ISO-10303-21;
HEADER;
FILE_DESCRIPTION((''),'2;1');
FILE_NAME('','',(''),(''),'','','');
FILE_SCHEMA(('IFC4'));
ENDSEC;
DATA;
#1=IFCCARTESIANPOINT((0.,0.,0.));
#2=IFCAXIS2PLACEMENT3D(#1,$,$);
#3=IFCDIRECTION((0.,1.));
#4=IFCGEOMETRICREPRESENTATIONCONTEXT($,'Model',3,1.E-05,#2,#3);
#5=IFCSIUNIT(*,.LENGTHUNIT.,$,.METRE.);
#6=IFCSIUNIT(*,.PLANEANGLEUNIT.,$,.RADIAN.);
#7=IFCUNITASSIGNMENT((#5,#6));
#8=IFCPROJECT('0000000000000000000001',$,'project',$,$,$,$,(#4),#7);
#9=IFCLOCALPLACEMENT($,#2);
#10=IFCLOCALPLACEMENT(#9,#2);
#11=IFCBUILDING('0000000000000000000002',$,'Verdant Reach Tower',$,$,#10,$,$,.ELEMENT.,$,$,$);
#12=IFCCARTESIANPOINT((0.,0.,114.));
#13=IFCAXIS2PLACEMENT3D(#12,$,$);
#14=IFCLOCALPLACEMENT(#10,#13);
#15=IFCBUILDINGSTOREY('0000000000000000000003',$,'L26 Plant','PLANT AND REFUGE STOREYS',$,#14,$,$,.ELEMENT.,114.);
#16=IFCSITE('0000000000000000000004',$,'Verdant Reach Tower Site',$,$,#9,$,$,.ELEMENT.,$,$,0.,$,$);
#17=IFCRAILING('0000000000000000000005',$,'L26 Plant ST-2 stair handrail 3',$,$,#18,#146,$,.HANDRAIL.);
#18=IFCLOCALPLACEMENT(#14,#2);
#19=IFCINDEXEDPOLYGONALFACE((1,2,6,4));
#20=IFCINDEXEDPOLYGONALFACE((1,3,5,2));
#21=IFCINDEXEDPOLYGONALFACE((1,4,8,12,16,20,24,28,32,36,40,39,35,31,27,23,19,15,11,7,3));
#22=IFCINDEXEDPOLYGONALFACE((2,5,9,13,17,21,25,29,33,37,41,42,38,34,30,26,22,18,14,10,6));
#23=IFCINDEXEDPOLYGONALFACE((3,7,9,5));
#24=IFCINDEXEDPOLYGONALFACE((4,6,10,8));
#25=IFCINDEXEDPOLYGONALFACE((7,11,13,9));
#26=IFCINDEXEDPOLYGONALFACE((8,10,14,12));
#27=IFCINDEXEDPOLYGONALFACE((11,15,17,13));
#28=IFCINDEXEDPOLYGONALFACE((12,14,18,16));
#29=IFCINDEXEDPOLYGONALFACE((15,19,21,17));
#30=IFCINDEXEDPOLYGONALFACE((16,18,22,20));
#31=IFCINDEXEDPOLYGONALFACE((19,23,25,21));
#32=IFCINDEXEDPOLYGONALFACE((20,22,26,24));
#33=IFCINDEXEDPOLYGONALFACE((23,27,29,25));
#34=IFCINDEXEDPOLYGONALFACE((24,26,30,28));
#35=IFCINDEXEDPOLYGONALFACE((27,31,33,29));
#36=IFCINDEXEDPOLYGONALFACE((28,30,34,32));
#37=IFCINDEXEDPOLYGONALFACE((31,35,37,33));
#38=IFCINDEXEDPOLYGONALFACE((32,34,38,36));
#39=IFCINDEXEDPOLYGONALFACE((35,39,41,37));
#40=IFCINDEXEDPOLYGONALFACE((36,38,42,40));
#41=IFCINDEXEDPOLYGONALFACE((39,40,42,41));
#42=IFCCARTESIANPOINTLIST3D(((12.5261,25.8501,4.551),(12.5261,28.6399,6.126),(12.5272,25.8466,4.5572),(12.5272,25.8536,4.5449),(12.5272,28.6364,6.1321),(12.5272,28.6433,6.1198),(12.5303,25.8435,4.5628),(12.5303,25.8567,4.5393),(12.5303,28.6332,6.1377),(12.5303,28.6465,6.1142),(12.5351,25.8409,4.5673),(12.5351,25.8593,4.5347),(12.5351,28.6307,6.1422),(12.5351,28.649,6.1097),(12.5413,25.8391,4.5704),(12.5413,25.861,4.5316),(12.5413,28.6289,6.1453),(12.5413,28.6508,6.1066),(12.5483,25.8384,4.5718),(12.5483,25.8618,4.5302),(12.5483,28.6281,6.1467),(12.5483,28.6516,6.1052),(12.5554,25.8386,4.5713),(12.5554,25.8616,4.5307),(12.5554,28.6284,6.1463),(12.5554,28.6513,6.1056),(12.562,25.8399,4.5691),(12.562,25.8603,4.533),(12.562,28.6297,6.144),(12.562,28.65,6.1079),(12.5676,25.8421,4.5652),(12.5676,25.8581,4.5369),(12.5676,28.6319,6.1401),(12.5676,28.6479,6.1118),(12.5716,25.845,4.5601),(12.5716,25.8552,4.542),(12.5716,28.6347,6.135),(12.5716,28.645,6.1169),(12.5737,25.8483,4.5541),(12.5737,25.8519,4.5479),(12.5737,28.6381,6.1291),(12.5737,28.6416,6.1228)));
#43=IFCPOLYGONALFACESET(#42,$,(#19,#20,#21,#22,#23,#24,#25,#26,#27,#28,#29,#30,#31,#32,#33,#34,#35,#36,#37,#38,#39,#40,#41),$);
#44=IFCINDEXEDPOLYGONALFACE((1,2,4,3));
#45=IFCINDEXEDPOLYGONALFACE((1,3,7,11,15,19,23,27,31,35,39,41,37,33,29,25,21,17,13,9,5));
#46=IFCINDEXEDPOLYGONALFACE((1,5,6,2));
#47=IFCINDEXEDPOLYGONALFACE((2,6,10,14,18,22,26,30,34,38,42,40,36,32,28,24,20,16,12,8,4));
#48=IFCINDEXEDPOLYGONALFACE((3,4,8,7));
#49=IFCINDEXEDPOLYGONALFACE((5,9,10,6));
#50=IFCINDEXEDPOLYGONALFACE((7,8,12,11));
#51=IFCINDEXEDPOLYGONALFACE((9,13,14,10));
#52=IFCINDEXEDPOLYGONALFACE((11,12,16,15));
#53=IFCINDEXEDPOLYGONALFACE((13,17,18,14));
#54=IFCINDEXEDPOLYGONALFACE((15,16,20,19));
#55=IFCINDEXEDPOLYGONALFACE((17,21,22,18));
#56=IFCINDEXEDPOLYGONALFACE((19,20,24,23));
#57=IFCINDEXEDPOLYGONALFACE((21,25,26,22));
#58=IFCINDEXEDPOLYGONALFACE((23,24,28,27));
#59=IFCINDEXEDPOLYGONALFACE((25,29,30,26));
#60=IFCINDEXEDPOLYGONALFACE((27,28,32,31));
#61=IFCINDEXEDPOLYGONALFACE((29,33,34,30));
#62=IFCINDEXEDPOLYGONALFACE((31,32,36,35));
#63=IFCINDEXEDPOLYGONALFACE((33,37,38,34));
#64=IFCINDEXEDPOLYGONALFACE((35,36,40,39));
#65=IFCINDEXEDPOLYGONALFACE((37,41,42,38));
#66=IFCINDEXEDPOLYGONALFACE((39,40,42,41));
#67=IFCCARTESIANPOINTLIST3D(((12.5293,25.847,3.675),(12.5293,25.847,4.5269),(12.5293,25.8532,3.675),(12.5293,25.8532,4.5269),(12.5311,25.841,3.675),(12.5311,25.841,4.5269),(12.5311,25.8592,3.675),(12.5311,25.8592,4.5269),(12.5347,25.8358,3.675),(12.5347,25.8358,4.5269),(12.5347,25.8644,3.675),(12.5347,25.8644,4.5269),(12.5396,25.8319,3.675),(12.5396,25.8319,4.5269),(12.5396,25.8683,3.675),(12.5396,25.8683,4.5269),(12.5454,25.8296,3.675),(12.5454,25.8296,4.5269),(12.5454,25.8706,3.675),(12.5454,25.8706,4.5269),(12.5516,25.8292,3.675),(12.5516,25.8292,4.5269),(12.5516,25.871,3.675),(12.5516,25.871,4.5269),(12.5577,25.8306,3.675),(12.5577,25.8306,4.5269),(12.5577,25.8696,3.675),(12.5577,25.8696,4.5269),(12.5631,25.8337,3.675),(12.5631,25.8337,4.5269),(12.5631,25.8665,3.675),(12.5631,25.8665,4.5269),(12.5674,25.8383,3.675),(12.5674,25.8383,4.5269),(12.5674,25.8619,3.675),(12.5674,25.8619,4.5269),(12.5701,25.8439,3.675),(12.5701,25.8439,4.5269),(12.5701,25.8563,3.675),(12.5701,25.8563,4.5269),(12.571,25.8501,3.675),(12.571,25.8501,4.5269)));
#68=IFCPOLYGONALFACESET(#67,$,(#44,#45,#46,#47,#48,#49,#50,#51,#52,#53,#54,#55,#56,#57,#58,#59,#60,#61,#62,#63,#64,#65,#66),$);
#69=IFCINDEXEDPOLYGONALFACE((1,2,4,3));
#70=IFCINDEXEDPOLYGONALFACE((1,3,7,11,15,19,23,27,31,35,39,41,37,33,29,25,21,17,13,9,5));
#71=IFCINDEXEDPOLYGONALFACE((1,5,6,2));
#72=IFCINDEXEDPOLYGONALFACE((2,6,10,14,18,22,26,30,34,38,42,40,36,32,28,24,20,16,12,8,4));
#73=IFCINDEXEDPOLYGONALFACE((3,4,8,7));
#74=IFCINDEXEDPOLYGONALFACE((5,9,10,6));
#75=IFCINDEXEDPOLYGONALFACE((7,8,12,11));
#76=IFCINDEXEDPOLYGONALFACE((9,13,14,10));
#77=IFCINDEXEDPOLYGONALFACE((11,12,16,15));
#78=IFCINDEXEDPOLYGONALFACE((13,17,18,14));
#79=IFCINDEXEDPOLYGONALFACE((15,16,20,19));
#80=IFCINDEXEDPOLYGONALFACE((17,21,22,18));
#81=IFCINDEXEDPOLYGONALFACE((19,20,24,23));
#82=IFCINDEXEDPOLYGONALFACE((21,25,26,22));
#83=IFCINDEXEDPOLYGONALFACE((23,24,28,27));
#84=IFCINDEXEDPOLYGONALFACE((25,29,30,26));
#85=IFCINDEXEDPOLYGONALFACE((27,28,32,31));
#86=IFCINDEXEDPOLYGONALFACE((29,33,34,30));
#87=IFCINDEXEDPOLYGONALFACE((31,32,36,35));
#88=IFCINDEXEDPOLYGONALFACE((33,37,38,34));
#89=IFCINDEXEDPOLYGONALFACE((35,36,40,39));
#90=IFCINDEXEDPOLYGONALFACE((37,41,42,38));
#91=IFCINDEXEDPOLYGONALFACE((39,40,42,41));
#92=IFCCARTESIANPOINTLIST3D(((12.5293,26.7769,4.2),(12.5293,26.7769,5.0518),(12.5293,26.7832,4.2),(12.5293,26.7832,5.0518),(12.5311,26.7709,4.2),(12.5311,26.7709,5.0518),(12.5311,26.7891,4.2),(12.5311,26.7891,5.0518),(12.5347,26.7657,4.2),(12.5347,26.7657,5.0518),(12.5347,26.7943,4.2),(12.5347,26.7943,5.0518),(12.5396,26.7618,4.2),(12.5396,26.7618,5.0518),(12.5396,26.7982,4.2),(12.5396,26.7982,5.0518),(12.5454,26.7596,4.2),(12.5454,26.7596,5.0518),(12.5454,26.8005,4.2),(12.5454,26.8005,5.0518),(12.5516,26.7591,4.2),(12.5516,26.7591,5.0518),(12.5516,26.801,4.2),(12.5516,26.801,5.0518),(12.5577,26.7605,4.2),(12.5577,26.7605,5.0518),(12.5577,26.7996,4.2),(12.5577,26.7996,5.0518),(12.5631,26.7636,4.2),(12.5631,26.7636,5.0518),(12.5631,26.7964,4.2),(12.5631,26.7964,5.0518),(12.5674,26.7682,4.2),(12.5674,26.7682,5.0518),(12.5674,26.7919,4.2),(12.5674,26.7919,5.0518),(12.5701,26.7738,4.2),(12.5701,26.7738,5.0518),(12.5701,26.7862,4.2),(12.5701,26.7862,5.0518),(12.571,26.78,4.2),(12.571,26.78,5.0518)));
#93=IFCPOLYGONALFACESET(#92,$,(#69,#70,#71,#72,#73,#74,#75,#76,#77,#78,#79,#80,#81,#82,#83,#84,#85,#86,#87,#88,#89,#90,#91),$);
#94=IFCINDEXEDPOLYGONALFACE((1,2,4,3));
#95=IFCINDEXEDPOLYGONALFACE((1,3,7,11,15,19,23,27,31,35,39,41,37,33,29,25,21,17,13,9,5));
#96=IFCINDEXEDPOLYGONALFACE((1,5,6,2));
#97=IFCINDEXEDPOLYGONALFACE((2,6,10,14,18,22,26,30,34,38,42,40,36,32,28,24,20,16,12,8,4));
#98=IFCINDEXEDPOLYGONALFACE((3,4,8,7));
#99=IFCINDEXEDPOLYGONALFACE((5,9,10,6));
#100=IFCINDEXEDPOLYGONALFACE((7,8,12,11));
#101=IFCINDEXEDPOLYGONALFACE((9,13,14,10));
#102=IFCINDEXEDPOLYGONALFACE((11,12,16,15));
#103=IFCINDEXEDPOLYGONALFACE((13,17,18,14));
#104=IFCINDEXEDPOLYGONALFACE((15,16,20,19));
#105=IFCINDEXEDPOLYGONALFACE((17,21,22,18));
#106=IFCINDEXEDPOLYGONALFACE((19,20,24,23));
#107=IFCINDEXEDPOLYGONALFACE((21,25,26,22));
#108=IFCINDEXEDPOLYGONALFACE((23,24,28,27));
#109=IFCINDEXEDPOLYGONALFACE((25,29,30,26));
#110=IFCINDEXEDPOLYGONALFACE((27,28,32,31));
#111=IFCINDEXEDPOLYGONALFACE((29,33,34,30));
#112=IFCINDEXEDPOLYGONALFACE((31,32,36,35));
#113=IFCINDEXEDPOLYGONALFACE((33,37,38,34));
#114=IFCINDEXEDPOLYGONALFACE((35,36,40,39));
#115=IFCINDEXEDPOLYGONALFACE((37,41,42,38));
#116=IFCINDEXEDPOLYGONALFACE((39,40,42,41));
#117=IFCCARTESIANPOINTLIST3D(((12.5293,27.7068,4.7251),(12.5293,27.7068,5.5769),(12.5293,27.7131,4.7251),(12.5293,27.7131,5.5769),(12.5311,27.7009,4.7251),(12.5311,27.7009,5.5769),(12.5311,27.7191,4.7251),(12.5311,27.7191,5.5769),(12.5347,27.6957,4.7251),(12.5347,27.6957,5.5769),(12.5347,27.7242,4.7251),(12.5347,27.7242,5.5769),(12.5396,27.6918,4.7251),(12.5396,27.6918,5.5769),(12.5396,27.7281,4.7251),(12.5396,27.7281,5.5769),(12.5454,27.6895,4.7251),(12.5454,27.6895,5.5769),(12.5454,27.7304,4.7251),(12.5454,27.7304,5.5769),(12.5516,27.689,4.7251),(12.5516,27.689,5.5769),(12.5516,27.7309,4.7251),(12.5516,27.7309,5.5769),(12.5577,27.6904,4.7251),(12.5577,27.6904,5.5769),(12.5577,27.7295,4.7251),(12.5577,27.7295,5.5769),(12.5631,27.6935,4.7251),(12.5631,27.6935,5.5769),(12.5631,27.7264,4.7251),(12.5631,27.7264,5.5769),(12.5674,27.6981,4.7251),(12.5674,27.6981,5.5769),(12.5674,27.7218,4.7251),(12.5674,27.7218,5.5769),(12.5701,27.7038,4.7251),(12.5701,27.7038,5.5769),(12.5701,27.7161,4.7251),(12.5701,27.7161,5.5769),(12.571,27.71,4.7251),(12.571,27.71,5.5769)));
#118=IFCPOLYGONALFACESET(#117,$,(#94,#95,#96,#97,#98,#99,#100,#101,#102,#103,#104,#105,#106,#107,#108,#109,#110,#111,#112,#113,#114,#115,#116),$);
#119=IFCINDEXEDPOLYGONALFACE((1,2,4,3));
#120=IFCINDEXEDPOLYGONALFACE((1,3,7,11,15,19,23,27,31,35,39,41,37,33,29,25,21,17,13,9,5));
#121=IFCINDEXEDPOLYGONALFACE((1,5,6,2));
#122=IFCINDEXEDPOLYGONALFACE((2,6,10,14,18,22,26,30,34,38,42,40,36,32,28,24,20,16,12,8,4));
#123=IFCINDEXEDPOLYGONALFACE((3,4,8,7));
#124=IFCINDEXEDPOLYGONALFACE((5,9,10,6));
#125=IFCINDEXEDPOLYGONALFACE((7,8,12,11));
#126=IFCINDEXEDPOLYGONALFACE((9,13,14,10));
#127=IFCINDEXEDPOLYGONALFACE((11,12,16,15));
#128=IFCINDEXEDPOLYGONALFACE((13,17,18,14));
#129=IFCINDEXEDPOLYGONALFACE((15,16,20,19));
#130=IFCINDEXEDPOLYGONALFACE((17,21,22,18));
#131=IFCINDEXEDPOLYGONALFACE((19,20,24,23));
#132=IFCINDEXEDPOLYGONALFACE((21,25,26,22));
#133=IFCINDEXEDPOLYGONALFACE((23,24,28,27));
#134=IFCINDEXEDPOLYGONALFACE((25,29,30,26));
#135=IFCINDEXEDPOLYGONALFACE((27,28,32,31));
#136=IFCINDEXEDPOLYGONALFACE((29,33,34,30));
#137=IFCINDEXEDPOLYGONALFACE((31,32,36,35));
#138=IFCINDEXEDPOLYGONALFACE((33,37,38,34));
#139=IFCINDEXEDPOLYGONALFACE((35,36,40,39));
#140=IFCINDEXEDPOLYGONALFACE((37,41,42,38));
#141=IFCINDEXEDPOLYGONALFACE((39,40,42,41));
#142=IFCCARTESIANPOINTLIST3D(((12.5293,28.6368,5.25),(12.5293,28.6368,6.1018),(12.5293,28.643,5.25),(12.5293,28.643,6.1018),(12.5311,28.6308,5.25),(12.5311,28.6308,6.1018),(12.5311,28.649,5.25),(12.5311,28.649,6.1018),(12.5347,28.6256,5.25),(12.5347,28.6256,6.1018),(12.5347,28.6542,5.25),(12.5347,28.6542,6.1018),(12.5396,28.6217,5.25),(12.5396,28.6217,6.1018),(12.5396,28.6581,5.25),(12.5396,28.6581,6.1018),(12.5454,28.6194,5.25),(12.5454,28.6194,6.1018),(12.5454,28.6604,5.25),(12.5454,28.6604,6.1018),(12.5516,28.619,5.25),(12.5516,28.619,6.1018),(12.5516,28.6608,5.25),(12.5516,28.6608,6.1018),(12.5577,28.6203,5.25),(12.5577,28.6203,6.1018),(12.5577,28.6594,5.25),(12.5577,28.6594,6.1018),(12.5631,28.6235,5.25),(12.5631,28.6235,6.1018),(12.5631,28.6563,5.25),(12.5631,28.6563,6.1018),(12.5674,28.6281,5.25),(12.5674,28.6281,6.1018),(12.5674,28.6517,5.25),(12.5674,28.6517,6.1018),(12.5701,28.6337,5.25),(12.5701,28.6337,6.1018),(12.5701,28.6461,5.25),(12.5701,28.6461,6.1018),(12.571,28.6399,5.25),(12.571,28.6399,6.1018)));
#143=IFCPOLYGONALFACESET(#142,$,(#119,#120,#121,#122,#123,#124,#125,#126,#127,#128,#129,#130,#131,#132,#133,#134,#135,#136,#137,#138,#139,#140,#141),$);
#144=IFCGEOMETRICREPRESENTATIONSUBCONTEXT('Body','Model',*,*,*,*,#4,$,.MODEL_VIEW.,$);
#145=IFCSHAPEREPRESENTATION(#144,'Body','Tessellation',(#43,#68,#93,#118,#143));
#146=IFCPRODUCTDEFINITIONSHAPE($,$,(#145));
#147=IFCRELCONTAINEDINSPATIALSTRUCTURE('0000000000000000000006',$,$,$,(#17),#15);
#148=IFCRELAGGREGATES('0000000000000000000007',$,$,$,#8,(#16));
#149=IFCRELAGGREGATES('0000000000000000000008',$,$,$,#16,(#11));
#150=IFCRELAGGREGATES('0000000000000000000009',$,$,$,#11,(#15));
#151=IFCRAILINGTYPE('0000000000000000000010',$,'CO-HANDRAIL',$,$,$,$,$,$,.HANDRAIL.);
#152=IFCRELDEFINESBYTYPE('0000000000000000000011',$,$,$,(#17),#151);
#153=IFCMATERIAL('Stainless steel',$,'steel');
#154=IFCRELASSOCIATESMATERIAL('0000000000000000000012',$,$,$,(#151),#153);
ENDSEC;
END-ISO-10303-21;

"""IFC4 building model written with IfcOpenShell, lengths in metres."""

from ifc_helpers import new_model, si_unit, direction, frame, origin, origin_2d, place, context, subcontext, project, spatial, circle, extrude, material, type_object, element, save


model = new_model("IFC4")

# Units and contexts
model_context = context("Model", 3, precision=1e-05, world=origin(), true_north=direction((0.0, 1.0)))
body_context = subcontext(model_context, "Body", "Model", "MODEL_VIEW")
ifc_project = project(units=[si_unit("LENGTHUNIT", "METRE"), si_unit("PLANEANGLEUNIT", "RADIAN")], contexts=[model_context])

# Site, building, storey
site_placement = place(None, origin())
site = spatial("IfcSite", under=ifc_project, at=site_placement, Name="Verdant Reach Tower Site", CompositionType="ELEMENT", RefElevation=0.0)
building_placement = place(site_placement, origin())
building = spatial("IfcBuilding", under=site, at=building_placement, Name="Verdant Reach Tower", CompositionType="ELEMENT")
storey_placement = place(building_placement, frame((0.0, 0.0, 114.0)))
storey = spatial("IfcBuildingStorey", under=building, at=storey_placement, Name="L26 Plant", Description="PLANT AND REFUGE STOREYS", CompositionType="ELEMENT", Elevation=114.0)

# Railing
ifc_material_1 = material(Name="Stainless steel", Category="steel")
railing_type_1 = type_object("IfcRailingType", Name="CO-HANDRAIL", PredefinedType="HANDRAIL", material=ifc_material_1)
for number, where, name in (
    (1, (12.55, 25.8501, 3.675), "L26 Plant ST-2 stair handrail 3"),
):
    element("IfcRailing", number, at=place(storey_placement, frame(where)), inside=storey, type_object=railing_type_1, Name=name, PredefinedType="HANDRAIL", context=body_context, shape_type="SweptSolid", body=[
        extrude(circle(Radius=0.0239, at=origin_2d()), frame((0.0, 0.0, 0.876), z_axis=(0.0, 0.870815, 0.49161), x_axis=(-1.0, 0.0, 0.0)), (0.0, 0.0, 1.0), 3.2036),
        extrude(circle(Radius=0.021, at=origin_2d()), origin(), (0.0, 0.0, 1.0), 0.8518),
        extrude(circle(Radius=0.021, at=origin_2d()), frame((0.0, 0.9299, 0.5249)), (0.0, 0.0, 1.0), 0.8518),
        extrude(circle(Radius=0.021, at=origin_2d()), frame((0.0, 1.8599, 1.05)), (0.0, 0.0, 1.0), 0.8518),
        extrude(circle(Radius=0.021, at=origin_2d()), frame((0.0, 2.7898, 1.575)), (0.0, 0.0, 1.0), 0.8518),
    ])

save(model, "model.ifc")
